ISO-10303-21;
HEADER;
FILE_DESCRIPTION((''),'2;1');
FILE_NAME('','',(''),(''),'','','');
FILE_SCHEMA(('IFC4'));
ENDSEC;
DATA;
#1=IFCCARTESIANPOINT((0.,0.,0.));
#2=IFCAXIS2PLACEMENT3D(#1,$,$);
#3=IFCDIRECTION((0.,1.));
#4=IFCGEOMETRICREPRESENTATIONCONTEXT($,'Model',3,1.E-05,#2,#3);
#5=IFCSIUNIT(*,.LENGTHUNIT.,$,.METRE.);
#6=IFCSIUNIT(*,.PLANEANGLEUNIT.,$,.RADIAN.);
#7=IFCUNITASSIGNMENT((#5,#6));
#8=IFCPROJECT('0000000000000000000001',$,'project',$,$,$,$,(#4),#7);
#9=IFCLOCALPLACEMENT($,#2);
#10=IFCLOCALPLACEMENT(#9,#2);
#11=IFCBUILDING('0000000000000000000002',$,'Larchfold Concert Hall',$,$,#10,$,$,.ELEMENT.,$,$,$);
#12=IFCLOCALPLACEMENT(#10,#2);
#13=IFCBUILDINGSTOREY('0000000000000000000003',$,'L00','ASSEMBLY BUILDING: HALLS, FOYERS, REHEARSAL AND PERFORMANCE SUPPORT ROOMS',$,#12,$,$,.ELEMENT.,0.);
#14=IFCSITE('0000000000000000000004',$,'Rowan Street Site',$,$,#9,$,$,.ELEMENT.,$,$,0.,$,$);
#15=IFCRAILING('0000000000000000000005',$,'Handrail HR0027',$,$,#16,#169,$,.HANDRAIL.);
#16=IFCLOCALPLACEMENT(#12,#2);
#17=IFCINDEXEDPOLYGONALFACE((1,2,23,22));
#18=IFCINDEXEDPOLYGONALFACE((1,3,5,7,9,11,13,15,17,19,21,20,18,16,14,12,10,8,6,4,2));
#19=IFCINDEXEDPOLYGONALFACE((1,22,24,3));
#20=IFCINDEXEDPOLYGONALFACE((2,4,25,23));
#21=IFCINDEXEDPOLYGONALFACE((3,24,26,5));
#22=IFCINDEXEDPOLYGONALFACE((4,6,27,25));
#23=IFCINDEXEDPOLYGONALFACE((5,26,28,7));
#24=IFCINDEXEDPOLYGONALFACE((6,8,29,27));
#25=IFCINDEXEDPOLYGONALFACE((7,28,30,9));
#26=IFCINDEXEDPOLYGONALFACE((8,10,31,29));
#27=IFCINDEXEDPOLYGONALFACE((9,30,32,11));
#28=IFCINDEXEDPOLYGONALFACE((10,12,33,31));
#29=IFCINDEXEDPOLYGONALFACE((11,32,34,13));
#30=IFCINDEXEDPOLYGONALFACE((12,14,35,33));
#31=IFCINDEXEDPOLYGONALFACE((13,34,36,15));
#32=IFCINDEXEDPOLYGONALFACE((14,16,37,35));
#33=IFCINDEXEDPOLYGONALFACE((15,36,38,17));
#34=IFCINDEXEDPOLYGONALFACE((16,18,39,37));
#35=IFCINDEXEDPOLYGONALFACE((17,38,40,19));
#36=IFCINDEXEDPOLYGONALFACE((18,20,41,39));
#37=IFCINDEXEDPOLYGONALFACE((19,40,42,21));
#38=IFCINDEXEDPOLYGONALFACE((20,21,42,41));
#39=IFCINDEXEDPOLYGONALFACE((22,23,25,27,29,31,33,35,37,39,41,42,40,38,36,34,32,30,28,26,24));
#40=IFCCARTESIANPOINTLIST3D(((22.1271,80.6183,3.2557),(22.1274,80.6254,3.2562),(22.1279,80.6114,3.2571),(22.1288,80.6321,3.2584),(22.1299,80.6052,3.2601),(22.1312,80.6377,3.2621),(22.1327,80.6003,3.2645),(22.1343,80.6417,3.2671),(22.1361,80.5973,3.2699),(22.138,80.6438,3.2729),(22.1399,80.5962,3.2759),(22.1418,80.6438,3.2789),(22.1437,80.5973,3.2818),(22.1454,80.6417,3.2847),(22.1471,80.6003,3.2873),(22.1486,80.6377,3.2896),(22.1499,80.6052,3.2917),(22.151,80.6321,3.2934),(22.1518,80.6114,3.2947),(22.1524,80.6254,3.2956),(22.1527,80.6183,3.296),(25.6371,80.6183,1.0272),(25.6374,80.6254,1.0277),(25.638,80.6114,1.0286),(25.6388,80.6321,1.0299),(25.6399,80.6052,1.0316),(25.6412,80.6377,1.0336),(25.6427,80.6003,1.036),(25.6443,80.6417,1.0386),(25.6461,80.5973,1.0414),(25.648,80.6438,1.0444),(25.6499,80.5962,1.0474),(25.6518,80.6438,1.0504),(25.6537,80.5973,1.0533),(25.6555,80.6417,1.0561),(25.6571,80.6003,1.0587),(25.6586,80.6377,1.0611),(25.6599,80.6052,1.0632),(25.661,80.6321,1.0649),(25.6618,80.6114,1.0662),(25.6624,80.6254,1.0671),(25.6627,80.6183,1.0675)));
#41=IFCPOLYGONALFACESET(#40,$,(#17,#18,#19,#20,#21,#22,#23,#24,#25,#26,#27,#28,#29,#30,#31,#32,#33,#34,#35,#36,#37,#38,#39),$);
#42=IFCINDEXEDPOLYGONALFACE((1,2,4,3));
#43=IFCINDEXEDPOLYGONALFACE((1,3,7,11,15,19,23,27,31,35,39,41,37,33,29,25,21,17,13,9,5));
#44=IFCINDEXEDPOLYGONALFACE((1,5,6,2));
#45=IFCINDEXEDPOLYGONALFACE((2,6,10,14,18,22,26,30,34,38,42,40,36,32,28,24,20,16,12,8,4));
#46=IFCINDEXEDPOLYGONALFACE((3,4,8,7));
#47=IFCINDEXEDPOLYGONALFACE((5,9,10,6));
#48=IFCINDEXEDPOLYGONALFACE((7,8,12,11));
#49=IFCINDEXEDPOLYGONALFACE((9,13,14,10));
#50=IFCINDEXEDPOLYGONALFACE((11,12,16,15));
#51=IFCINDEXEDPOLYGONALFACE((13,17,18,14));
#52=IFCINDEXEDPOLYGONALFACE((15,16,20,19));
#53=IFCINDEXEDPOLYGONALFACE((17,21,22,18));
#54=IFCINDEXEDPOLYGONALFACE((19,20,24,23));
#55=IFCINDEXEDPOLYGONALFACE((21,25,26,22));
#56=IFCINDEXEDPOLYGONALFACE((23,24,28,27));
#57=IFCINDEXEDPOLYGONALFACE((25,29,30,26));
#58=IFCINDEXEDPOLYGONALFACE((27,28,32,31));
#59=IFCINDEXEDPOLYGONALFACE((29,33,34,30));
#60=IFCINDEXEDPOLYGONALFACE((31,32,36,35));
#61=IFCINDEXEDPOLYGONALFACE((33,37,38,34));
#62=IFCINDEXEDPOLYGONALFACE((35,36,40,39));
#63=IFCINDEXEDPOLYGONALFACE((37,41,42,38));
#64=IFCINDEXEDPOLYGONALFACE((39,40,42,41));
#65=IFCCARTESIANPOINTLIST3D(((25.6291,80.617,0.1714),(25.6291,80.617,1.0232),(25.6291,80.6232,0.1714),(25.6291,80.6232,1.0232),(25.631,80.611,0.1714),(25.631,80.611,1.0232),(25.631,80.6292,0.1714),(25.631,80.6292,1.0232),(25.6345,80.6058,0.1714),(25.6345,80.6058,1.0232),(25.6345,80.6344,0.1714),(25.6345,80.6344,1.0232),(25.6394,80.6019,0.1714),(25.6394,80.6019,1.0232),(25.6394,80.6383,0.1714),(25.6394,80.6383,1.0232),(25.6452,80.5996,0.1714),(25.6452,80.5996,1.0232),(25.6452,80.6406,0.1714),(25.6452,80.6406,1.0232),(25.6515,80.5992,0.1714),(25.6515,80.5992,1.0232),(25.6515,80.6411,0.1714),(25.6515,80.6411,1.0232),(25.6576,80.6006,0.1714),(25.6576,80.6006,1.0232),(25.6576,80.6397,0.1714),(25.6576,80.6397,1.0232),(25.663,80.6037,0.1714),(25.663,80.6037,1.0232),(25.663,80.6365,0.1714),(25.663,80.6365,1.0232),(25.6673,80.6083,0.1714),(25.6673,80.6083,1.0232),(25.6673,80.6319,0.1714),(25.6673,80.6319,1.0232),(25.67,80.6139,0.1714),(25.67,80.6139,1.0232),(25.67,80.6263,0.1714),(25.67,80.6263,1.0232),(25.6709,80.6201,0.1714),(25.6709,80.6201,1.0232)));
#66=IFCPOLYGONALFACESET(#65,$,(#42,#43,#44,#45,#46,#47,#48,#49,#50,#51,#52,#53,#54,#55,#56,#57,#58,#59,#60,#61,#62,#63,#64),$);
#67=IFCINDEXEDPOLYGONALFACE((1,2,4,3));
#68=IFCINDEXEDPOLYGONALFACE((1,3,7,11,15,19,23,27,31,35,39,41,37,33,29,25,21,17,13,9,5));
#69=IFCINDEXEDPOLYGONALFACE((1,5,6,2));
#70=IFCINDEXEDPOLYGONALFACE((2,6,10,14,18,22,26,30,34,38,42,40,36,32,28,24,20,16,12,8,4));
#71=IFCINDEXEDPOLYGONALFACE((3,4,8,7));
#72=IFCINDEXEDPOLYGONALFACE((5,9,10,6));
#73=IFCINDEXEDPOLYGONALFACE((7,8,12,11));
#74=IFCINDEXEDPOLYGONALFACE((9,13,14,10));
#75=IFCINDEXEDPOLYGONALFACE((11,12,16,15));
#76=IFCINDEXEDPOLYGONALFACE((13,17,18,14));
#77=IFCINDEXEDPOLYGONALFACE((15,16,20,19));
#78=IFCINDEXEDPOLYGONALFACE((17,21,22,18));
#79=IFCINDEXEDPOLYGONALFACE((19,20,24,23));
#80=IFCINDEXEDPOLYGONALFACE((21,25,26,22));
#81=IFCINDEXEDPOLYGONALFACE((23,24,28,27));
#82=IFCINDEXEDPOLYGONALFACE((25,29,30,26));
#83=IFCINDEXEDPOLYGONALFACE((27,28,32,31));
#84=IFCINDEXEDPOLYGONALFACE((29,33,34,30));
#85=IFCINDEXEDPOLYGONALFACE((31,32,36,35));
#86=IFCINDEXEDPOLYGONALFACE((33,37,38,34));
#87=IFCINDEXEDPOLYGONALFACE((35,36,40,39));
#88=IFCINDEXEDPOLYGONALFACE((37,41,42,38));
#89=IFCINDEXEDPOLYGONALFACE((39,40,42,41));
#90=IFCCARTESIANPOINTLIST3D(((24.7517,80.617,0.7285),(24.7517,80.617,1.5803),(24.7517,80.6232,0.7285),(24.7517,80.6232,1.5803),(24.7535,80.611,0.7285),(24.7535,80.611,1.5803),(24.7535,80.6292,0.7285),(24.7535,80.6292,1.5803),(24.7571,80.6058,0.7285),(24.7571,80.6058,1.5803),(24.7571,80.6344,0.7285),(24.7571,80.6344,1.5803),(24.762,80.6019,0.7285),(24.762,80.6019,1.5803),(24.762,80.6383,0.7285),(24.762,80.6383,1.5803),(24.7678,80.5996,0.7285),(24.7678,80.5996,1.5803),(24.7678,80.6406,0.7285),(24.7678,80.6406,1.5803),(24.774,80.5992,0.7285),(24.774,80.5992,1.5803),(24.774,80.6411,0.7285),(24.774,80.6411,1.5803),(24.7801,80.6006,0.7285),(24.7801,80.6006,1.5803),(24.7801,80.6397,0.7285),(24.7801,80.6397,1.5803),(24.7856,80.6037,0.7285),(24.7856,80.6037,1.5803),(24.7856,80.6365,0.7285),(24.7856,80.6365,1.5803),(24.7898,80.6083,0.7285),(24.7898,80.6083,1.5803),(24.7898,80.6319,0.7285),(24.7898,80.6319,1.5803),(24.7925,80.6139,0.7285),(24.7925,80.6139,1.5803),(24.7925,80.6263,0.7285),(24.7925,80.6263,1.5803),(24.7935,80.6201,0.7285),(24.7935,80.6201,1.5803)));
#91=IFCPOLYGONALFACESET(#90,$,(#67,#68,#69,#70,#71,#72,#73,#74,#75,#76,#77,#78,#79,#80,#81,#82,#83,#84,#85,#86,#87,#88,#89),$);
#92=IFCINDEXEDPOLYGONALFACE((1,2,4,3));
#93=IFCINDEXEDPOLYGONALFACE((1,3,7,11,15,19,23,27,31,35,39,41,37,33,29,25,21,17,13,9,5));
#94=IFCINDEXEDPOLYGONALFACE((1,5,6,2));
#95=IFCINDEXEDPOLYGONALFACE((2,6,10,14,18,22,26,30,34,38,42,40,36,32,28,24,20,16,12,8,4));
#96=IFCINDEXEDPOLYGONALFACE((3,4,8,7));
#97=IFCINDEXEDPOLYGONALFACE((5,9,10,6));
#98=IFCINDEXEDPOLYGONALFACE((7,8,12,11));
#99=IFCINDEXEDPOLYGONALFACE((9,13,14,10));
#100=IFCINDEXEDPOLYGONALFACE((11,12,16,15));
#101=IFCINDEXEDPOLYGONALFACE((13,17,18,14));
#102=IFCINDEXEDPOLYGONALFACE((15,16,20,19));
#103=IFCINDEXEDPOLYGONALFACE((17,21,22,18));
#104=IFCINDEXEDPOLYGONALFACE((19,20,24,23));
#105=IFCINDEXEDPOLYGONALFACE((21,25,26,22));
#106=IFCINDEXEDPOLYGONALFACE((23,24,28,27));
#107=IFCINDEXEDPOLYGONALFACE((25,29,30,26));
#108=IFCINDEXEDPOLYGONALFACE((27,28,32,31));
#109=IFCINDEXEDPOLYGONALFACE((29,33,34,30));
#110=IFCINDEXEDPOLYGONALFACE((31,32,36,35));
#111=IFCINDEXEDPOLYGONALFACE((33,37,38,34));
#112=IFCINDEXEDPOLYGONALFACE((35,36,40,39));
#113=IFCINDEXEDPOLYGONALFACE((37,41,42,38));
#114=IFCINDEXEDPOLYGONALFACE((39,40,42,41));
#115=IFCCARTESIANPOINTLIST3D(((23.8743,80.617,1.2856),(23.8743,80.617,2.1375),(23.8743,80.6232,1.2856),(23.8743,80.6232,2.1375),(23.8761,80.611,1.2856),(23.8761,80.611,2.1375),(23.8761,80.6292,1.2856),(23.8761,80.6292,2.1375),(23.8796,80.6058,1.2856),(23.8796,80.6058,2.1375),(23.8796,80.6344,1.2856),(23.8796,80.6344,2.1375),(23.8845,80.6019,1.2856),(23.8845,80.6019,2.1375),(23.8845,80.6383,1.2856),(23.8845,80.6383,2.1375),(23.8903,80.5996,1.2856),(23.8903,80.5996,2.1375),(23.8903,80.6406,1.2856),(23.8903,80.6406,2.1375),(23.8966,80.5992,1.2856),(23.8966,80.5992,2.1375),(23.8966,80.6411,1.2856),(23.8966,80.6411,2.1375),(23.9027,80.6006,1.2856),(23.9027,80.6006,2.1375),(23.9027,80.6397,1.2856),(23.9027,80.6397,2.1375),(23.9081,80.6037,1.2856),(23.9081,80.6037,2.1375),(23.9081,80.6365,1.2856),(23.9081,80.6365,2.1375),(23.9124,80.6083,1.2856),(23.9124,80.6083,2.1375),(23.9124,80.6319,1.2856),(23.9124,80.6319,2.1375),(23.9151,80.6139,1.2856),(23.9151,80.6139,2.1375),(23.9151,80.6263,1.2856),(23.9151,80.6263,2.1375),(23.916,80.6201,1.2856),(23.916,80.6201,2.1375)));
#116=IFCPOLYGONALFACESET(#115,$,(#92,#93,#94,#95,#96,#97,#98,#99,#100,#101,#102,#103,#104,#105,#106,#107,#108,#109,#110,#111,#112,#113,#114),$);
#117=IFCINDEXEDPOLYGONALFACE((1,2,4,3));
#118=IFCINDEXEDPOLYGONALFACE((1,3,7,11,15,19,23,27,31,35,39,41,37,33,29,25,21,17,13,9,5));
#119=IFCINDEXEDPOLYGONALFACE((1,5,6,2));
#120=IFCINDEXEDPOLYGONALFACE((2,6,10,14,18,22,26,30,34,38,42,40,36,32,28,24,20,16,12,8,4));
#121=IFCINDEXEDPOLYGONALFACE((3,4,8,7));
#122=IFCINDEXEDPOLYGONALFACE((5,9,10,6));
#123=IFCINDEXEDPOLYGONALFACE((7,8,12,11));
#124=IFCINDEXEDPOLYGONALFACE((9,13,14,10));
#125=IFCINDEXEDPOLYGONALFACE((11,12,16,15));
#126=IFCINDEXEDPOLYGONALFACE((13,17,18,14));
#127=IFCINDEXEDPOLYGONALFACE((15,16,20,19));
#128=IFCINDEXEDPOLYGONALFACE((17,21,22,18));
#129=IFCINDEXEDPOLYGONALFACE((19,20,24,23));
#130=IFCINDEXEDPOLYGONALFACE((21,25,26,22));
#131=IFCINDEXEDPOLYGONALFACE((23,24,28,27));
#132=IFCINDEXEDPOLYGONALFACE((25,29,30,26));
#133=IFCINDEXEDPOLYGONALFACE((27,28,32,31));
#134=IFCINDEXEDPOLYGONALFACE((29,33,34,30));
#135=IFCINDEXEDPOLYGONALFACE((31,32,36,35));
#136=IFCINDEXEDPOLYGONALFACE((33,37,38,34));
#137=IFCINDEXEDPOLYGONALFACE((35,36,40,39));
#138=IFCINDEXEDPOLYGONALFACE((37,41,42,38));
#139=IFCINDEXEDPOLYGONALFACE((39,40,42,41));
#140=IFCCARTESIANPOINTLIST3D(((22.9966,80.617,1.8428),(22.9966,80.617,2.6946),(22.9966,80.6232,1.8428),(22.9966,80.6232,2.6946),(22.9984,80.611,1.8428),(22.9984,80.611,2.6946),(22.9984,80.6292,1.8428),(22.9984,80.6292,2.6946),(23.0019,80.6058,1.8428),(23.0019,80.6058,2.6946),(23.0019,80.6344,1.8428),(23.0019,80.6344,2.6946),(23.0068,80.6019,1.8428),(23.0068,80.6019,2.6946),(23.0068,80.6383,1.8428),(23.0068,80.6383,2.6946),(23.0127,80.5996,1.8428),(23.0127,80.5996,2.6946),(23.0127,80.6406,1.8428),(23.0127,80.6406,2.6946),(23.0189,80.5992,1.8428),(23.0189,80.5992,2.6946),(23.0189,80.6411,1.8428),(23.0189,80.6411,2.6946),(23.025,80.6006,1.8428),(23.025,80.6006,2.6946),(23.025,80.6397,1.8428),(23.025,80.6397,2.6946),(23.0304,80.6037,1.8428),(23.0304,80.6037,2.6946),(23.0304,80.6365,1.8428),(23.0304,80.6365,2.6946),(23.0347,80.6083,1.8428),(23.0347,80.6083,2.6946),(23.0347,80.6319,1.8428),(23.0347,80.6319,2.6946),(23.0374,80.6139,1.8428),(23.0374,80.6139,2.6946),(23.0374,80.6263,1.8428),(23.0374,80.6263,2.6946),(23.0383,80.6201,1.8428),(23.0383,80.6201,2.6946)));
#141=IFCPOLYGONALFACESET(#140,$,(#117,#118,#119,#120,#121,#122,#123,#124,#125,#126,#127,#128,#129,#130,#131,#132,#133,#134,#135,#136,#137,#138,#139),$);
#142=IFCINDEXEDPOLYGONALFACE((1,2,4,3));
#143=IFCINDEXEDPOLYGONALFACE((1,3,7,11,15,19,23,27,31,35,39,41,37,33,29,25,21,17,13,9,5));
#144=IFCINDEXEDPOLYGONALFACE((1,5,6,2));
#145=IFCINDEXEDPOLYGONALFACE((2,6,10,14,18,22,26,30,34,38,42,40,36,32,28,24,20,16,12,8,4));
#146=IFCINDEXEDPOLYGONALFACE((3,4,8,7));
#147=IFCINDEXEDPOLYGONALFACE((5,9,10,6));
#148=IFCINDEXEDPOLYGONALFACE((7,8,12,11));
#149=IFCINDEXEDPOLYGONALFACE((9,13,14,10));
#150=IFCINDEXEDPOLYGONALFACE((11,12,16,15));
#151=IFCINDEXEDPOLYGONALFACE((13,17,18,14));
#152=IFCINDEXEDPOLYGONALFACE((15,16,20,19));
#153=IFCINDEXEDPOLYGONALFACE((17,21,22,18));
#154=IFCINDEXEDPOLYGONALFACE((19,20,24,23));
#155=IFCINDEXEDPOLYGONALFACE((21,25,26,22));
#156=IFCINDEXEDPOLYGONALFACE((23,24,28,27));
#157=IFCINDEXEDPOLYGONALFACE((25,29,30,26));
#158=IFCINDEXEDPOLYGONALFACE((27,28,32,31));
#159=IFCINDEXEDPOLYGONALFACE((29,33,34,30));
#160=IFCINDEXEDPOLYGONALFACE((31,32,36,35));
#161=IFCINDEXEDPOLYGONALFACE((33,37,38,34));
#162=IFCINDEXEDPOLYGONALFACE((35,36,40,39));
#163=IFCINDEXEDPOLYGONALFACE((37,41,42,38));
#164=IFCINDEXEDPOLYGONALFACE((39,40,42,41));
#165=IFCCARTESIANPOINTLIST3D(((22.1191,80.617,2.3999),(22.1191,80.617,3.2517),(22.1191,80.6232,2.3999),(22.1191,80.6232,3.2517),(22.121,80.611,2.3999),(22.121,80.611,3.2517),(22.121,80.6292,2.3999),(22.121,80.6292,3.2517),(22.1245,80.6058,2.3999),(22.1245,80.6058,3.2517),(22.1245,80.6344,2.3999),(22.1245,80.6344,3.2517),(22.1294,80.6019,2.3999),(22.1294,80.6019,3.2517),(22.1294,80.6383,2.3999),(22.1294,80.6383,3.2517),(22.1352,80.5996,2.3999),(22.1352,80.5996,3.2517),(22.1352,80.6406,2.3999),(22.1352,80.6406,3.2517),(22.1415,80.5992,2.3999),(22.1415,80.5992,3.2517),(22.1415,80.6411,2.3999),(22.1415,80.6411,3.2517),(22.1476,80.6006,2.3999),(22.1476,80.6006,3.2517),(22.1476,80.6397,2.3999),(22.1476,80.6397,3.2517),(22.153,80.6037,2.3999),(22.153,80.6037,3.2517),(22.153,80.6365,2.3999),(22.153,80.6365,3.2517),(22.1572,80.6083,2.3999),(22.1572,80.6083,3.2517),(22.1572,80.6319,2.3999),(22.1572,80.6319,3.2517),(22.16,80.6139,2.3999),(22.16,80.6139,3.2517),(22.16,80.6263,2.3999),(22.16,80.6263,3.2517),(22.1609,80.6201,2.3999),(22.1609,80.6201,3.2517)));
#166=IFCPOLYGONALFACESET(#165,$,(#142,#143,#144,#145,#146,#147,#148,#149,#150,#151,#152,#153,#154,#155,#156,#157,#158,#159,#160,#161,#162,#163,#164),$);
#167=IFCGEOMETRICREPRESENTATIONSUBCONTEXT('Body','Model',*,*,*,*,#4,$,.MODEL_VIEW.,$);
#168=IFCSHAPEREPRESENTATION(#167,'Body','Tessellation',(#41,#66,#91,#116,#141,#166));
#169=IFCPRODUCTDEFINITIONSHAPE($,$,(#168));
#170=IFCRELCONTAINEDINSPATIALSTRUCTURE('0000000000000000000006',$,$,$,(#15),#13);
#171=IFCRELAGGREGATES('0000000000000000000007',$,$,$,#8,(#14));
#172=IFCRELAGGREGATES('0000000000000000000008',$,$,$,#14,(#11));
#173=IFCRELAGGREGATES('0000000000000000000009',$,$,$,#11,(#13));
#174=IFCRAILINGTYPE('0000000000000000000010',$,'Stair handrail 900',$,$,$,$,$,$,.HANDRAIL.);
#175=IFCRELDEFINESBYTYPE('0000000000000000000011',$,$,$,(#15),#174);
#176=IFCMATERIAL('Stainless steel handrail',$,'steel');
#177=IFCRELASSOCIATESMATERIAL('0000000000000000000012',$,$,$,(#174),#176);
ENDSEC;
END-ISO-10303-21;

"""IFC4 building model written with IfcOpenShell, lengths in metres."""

from ifc_helpers import new_model, si_unit, direction, frame, origin, origin_2d, place, context, subcontext, project, spatial, circle, extrude, material, type_object, element, save


model = new_model("IFC4")

# Units and contexts
model_context = context("Model", 3, precision=1e-05, world=origin(), true_north=direction((0.0, 1.0)))
body_context = subcontext(model_context, "Body", "Model", "MODEL_VIEW")
ifc_project = project(units=[si_unit("LENGTHUNIT", "METRE"), si_unit("PLANEANGLEUNIT", "RADIAN")], contexts=[model_context])

# Site, building, storey
site_placement = place(None, origin())
site = spatial("IfcSite", under=ifc_project, at=site_placement, Name="Rowan Street Site", CompositionType="ELEMENT", RefElevation=0.0)
building_placement = place(site_placement, origin())
building = spatial("IfcBuilding", under=site, at=building_placement, Name="Larchfold Concert Hall", CompositionType="ELEMENT")
storey_placement = place(building_placement, origin())
storey = spatial("IfcBuildingStorey", under=building, at=storey_placement, Name="L00", Description="ASSEMBLY BUILDING: HALLS, FOYERS, REHEARSAL AND PERFORMANCE SUPPORT ROOMS", CompositionType="ELEMENT", Elevation=0.0)

# Railing
ifc_material_1 = material(Name="Stainless steel handrail", Category="steel")
railing_type_1 = type_object("IfcRailingType", Name="Stair handrail 900", PredefinedType="HANDRAIL", material=ifc_material_1)
railing_1_placement = place(storey_placement, frame((25.6499, 80.6201, 0.1714)))
element("IfcRailing", 1, at=railing_1_placement, inside=storey, type_object=railing_type_1, Name="Handrail HR0027", PredefinedType="HANDRAIL", context=body_context, shape_type="SweptSolid", body=[
    extrude(circle(Radius=0.0239, at=origin_2d()), frame((0.0, 0.0, 0.876), z_axis=(-0.84422, 0.0, 0.535998), x_axis=(0.0, -1.0, 0.0)), (0.0, 0.0, 1.0), 4.1577),
    extrude(circle(Radius=0.021, at=origin_2d()), origin(), (0.0, 0.0, 1.0), 0.8518),
    extrude(circle(Radius=0.021, at=origin_2d()), frame((-0.8774, 0.0, 0.5571)), (0.0, 0.0, 1.0), 0.8518),
    extrude(circle(Radius=0.021, at=origin_2d()), frame((-1.7549, 0.0, 1.1143)), (0.0, 0.0, 1.0), 0.8518),
    extrude(circle(Radius=0.021, at=origin_2d()), frame((-2.6326, 0.0, 1.6714)), (0.0, 0.0, 1.0), 0.8518),
    extrude(circle(Radius=0.021, at=origin_2d()), frame((-3.51, 0.0, 2.2285)), (0.0, 0.0, 1.0), 0.8518),
])

save(model, "model.ifc")
